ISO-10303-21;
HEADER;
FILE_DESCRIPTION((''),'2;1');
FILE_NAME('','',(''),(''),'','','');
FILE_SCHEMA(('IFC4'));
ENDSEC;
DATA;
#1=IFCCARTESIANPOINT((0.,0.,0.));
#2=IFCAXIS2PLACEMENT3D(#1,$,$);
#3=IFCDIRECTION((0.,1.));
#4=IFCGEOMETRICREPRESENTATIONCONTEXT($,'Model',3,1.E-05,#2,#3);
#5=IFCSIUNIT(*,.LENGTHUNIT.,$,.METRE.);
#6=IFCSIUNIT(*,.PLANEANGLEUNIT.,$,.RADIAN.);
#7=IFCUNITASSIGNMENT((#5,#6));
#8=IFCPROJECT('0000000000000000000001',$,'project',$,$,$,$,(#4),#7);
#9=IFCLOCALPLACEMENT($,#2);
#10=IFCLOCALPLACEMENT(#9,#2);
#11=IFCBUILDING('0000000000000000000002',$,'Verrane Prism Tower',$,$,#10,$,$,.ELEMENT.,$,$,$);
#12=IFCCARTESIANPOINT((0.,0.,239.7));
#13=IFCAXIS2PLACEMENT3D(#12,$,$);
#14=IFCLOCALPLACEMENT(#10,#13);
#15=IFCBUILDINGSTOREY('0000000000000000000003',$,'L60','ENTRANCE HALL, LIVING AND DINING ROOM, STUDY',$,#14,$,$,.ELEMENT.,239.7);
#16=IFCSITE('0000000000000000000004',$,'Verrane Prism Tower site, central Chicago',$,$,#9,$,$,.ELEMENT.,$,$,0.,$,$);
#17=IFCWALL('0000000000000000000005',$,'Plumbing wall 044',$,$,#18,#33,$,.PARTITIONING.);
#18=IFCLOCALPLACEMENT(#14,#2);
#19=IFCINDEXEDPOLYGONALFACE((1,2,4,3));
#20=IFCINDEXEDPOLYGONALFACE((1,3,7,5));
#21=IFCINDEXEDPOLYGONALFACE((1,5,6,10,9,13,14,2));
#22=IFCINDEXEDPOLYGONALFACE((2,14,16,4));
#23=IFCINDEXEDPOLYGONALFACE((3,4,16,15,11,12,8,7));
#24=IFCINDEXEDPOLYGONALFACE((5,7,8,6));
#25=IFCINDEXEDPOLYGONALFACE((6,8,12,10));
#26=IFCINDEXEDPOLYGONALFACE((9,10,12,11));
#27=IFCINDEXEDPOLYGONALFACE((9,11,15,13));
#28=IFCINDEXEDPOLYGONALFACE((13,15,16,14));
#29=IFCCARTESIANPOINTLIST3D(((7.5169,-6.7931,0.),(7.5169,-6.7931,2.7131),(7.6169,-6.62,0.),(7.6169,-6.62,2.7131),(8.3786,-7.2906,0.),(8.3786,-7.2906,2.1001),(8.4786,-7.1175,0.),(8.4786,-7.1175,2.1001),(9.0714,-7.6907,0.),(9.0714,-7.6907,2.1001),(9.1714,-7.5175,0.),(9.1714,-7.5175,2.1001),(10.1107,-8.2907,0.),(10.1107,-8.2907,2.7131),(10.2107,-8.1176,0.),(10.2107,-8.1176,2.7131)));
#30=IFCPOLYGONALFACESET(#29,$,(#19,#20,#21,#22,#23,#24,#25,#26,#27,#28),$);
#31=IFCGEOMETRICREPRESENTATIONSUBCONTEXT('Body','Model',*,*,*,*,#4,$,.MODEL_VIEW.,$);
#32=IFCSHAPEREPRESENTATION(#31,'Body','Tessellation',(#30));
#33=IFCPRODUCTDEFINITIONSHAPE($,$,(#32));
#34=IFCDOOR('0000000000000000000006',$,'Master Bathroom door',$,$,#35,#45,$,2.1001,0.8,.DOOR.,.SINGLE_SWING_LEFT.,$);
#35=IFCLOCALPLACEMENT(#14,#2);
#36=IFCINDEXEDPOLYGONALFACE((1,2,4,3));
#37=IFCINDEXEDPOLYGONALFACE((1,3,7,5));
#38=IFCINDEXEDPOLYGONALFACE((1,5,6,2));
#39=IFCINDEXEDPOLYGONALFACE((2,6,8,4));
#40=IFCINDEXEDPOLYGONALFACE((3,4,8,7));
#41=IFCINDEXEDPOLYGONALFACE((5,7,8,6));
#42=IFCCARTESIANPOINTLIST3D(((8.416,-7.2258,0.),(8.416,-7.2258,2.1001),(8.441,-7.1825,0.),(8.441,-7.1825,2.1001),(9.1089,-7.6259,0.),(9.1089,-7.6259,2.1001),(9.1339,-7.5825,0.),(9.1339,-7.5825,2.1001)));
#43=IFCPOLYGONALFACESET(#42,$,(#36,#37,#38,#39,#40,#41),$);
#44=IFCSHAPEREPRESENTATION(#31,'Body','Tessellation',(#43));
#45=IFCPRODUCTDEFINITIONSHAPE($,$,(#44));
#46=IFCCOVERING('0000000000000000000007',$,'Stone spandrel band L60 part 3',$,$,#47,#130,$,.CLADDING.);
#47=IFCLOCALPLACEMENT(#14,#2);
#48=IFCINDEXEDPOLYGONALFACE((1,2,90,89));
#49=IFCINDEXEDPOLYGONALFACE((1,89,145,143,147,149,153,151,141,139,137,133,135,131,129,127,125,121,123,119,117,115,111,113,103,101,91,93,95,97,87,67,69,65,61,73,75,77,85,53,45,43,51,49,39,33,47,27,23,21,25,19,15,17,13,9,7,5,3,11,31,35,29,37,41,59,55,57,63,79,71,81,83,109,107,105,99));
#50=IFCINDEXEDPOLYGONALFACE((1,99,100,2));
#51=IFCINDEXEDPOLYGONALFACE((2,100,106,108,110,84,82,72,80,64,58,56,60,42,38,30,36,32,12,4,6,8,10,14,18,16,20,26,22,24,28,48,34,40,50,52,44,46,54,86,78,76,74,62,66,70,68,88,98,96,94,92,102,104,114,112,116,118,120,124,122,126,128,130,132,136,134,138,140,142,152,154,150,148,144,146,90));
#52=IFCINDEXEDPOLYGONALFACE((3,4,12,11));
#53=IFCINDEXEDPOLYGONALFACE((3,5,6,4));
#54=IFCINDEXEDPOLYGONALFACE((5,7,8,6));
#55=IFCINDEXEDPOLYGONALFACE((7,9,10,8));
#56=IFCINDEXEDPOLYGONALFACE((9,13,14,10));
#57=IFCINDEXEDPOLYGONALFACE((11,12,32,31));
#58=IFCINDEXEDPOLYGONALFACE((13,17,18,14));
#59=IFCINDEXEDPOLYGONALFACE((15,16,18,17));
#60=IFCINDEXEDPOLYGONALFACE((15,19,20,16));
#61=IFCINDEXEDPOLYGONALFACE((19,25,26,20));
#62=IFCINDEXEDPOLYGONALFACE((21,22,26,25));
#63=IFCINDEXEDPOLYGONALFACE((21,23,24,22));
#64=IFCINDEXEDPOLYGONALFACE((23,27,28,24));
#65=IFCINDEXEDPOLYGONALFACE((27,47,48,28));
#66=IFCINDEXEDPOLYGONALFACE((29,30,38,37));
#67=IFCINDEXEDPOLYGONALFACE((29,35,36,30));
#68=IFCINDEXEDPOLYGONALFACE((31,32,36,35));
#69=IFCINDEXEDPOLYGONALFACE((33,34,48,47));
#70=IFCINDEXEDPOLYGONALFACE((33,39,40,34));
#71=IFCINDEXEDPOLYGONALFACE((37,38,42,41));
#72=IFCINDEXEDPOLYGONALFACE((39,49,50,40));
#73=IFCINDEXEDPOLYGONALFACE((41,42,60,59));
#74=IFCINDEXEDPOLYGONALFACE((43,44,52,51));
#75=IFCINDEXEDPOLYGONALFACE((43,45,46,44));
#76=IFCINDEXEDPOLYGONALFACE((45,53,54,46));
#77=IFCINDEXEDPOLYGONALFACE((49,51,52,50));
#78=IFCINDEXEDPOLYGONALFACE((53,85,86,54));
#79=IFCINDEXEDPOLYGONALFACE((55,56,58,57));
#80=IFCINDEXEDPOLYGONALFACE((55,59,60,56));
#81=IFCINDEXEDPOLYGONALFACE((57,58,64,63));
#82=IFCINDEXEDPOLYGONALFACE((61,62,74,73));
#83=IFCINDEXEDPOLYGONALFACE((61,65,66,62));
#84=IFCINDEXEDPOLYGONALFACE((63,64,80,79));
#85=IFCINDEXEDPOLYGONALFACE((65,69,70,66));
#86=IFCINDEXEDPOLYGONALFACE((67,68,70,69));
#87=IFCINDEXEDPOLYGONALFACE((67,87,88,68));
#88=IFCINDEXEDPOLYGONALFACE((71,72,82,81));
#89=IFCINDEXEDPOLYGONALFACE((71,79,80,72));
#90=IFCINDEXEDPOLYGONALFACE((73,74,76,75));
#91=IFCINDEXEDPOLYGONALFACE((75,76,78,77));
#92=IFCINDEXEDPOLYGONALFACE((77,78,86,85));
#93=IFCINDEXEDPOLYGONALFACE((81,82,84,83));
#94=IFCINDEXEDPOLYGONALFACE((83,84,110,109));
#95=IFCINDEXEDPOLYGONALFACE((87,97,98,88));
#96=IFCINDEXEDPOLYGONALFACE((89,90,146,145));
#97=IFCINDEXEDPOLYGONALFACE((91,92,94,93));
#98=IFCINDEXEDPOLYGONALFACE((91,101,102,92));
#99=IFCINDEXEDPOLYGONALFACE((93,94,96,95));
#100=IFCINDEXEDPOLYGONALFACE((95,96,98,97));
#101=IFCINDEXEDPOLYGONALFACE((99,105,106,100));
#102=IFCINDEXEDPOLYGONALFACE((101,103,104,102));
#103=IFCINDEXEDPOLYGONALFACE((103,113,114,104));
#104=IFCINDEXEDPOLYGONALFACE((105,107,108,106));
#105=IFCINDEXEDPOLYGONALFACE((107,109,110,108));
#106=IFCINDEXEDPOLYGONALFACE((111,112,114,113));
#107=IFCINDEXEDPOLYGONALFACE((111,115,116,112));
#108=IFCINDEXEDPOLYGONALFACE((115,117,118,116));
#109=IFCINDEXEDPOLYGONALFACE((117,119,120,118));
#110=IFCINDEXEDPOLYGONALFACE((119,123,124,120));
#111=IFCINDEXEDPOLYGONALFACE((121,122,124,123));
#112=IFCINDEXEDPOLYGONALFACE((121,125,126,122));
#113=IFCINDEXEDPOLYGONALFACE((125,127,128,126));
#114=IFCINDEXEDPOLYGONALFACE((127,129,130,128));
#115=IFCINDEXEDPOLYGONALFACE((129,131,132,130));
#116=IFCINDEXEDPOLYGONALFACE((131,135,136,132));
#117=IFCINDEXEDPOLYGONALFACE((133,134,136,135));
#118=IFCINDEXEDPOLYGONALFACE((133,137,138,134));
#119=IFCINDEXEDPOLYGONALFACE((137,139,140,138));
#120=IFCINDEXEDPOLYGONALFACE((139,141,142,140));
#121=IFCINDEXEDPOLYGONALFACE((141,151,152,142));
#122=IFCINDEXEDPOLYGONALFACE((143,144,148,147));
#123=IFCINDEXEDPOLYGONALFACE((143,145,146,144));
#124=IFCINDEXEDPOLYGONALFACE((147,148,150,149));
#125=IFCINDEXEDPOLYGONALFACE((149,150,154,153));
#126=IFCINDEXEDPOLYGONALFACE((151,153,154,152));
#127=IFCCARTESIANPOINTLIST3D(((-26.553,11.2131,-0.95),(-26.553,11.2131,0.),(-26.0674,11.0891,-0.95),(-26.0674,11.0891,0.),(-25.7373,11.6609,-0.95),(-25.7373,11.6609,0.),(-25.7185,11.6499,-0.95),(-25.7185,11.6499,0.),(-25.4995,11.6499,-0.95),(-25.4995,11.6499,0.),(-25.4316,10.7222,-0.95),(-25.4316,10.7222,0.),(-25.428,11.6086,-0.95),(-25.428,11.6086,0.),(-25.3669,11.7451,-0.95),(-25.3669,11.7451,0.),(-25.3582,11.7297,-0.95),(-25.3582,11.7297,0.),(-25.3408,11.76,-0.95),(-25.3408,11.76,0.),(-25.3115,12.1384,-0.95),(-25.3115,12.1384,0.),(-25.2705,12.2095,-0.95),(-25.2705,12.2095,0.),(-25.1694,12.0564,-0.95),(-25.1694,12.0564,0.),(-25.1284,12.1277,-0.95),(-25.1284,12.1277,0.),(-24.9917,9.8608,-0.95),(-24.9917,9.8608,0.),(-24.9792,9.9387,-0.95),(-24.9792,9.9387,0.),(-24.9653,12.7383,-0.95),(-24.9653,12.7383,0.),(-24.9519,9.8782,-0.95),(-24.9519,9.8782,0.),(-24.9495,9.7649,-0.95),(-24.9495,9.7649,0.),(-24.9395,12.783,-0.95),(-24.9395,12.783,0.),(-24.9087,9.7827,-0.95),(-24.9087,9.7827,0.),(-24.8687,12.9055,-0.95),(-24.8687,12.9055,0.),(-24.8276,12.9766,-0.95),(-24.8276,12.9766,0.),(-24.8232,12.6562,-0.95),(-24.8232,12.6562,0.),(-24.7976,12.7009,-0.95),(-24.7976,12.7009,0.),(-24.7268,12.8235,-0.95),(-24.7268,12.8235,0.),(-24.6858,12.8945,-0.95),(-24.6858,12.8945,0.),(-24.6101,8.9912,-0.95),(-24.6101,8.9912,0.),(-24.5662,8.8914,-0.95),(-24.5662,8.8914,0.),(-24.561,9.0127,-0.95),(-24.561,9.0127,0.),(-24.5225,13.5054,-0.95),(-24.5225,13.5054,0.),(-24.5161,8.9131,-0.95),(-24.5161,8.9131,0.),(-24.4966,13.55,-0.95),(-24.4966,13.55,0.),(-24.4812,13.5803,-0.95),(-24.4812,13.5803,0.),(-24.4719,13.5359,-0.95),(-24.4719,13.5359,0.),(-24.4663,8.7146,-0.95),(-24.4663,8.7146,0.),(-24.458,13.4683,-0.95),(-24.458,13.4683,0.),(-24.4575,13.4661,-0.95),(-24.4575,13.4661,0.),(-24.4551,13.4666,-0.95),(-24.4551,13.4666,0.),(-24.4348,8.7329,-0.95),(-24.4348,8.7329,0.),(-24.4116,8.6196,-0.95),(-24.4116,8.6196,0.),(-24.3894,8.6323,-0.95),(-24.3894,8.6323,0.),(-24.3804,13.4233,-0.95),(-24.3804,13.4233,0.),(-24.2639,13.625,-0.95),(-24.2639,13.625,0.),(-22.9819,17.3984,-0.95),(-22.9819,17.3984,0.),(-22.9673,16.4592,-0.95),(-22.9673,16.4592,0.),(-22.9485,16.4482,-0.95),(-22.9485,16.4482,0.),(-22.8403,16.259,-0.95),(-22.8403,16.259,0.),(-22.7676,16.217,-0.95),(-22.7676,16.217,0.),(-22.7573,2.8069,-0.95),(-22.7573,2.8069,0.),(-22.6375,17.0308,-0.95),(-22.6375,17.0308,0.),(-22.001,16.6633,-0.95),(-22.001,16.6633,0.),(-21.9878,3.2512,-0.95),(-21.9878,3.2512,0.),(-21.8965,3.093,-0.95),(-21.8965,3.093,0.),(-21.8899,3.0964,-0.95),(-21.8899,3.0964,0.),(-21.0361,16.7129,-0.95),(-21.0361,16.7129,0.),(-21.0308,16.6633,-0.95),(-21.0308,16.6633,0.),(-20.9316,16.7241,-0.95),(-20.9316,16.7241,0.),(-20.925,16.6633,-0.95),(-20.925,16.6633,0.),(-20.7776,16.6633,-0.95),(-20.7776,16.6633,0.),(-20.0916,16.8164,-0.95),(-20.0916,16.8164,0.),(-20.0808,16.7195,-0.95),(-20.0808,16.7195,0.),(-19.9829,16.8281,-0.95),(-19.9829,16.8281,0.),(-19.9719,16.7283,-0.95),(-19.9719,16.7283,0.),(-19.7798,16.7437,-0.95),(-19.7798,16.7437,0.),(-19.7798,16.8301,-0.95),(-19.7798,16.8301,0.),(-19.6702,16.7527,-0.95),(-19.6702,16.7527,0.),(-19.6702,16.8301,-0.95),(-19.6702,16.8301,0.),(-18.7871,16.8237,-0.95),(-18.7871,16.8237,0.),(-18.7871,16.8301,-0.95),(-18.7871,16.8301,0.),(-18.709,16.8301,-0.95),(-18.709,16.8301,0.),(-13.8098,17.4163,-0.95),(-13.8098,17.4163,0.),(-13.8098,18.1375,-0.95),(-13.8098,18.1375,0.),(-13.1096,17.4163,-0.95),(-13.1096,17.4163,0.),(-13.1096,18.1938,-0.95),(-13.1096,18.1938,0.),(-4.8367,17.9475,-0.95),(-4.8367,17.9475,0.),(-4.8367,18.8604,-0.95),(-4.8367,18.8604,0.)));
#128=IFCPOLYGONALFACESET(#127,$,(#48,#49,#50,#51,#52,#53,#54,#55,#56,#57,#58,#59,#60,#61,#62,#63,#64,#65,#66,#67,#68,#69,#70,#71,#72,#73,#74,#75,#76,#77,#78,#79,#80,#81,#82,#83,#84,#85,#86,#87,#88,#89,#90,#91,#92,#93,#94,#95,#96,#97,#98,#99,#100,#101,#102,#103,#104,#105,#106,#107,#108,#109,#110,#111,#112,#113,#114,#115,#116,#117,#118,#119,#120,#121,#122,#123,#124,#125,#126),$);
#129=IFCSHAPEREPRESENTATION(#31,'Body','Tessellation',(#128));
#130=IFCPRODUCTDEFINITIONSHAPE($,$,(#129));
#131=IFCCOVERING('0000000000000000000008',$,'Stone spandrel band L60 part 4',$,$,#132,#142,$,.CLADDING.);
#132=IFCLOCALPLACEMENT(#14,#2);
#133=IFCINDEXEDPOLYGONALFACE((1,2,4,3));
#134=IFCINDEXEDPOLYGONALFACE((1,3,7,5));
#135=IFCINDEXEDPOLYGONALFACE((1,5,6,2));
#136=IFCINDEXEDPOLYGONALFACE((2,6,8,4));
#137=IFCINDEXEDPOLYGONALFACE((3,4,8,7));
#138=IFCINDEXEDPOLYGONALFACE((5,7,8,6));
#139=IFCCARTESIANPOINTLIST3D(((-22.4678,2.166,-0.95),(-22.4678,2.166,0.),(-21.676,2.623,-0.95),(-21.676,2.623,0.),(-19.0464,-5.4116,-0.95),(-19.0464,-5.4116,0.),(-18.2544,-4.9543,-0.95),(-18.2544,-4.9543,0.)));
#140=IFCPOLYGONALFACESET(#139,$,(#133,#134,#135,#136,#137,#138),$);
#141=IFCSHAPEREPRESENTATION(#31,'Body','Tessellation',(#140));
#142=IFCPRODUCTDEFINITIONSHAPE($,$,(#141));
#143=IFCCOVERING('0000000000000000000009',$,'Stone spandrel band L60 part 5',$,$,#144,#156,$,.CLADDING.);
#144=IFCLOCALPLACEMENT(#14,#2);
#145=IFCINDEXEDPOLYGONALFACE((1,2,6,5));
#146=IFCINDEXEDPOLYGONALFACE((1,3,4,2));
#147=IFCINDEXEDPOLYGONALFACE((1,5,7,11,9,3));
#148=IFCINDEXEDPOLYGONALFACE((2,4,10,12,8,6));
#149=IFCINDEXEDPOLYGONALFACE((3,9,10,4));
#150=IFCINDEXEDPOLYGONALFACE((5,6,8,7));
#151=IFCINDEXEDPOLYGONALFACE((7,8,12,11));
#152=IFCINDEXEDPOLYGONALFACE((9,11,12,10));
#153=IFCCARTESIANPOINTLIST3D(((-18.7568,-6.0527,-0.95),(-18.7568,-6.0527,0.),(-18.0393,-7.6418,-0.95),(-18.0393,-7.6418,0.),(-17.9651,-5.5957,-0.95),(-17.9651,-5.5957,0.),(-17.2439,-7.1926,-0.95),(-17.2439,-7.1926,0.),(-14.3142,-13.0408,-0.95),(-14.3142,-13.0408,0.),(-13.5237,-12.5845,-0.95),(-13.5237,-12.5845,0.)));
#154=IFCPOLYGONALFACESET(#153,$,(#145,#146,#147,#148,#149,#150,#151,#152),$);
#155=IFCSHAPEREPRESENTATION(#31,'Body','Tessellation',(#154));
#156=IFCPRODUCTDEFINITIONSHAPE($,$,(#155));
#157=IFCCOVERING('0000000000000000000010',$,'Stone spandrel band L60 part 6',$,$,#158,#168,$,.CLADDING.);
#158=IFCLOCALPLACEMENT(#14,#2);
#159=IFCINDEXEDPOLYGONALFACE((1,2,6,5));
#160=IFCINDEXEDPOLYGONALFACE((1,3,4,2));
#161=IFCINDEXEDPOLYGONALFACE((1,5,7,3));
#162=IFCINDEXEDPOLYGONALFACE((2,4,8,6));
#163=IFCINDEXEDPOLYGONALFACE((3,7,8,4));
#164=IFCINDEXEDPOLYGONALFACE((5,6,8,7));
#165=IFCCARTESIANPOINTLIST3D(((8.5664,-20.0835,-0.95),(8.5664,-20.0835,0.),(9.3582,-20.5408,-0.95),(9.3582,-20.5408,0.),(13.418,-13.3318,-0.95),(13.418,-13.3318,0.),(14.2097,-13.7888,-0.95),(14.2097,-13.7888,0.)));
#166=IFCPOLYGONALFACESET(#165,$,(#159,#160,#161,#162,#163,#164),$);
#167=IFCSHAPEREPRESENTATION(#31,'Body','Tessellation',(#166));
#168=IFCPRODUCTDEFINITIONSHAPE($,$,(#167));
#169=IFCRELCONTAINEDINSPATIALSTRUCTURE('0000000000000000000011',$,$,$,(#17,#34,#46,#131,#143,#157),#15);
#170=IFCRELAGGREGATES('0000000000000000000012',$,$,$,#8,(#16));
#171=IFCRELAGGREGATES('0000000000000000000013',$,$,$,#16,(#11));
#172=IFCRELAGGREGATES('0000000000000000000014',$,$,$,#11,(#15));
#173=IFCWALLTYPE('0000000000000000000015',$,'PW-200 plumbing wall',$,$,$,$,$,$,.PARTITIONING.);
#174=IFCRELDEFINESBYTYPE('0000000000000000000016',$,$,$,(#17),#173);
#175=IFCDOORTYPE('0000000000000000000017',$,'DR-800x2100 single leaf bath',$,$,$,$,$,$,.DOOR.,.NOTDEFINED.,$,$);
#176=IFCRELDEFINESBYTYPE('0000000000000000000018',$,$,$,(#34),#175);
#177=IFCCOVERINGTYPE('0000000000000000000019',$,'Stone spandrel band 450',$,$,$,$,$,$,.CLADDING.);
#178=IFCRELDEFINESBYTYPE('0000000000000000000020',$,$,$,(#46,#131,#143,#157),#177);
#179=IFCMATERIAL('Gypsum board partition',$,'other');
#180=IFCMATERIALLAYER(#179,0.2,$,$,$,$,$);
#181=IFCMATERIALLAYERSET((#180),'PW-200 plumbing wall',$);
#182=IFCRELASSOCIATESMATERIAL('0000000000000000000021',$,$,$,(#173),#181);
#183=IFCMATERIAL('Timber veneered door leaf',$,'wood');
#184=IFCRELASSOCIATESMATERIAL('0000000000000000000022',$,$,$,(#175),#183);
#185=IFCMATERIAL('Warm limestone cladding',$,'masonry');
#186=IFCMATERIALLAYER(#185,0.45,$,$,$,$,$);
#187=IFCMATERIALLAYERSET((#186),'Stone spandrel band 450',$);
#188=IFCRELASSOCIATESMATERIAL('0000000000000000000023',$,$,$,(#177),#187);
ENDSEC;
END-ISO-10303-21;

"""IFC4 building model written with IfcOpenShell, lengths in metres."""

from ifc_helpers import new_model, si_unit, direction, frame, frame_2d, origin, place, context, subcontext, project, spatial, polyline, rectangle, outline, extrude, material, layer, layer_set, type_object, element, fill, save


model = new_model("IFC4")

# Units and contexts
model_context = context("Model", 3, precision=1e-05, world=origin(), true_north=direction((0.0, 1.0)))
body_context = subcontext(model_context, "Body", "Model", "MODEL_VIEW")
ifc_project = project(units=[si_unit("LENGTHUNIT", "METRE"), si_unit("PLANEANGLEUNIT", "RADIAN")], contexts=[model_context])

# Site, building, storey
site_placement = place(None, origin())
site = spatial("IfcSite", under=ifc_project, at=site_placement, Name="Verrane Prism Tower site, central Chicago", CompositionType="ELEMENT", RefElevation=0.0)
building_placement = place(site_placement, origin())
building = spatial("IfcBuilding", under=site, at=building_placement, Name="Verrane Prism Tower", CompositionType="ELEMENT")
storey_placement = place(building_placement, frame((0.0, 0.0, 239.7)))
storey = spatial("IfcBuildingStorey", under=building, at=storey_placement, Name="L60", Description="ENTRANCE HALL, LIVING AND DINING ROOM, STUDY", CompositionType="ELEMENT", Elevation=239.7)

# Wall, opening, door
ifc_material_1 = material(Name="Gypsum board partition", Category="other")
ifc_layer_1 = layer(ifc_material_1, 0.2)
ifc_layer_set_1 = layer_set([ifc_layer_1], Name="PW-200 plumbing wall")
wall_type_1 = type_object("IfcWallType", Name="PW-200 plumbing wall", PredefinedType="PARTITIONING", material=ifc_layer_set_1)
wall_1_placement = place(storey_placement, frame((7.5669, -6.7065, 0.0), z_axis=(0.0, 0.0, 1.0), x_axis=(0.866017, -0.500014, 0.0)))
wall_1 = element("IfcWall", 1, at=wall_1_placement, inside=storey, type_object=wall_type_1, Name="Plumbing wall 044", PredefinedType="PARTITIONING", context=body_context, shape_type="SweptSolid", body=[
    extrude(rectangle(XDim=2.9951, YDim=0.2, at=frame_2d((1.4976, 0.0))), origin(), (0.0, 0.0, 1.0), 2.7131),
])
opening_1_placement = place(wall_1_placement, frame((0.9951, 0.0, 0.0)))
opening_1 = element("IfcOpeningElement", 2, at=opening_1_placement, cuts=wall_1, PredefinedType="OPENING", context=body_context, shape_type="SweptSolid", body=[
    extrude(rectangle(XDim=0.8, YDim=2.1001, at=frame_2d((0.3999, 1.05))), frame((0.0, 0.1099, 0.0), z_axis=(0.0, -1.0, 0.0), x_axis=(1.0, 0.0, 0.0)), (0.0, 0.0, 1.0), 0.22),
])
ifc_material_2 = material(Name="Timber veneered door leaf", Category="wood")
door_type_1 = type_object("IfcDoorType", Name="DR-800x2100 single leaf bath", OperationType="NOTDEFINED", PredefinedType="DOOR", material=ifc_material_2)
door_1_placement = place(opening_1_placement, origin())
door_1 = element("IfcDoor", 3, at=door_1_placement, inside=storey, type_object=door_type_1, Name="Master Bathroom door", OperationType="SINGLE_SWING_LEFT", OverallHeight=2.1001, OverallWidth=0.8, PredefinedType="DOOR", context=body_context, shape_type="SweptSolid", body=[
    extrude(rectangle(XDim=0.8, YDim=2.1001, at=frame_2d((0.3999, 1.05))), frame((0.0, 0.0249, 0.0), z_axis=(0.0, -1.0, 0.0), x_axis=(1.0, 0.0, 0.0)), (0.0, 0.0, 1.0), 0.05),
])
fill(opening_1, door_1)

# Coverings
ifc_material_3 = material(Name="Warm limestone cladding", Category="masonry")
ifc_layer_2 = layer(ifc_material_3, 0.45)
ifc_layer_set_2 = layer_set([ifc_layer_2], Name="Stone spandrel band 450")
covering_type = type_object("IfcCoveringType", Name="Stone spandrel band 450", PredefinedType="CLADDING", material=ifc_layer_set_2)
covering_1_placement = place(storey_placement, frame((0.0, 0.0, -0.95)))
element("IfcCovering", 4, at=covering_1_placement, inside=storey, type_object=covering_type, Name="Stone spandrel band L60 part 3", PredefinedType="CLADDING", context=body_context, shape_type="SweptSolid", body=[
    extrude(outline(polyline([(-21.9878, 3.2512), (-21.8965, 3.093), (-21.8899, 3.0964), (-24.3894, 8.6323), (-24.4116, 8.6196), (-24.4663, 8.7146), (-24.4348, 8.7329), (-24.5161, 8.9131), (-24.5662, 8.8914), (-24.6101, 8.9912), (-24.561, 9.0127), (-24.9087, 9.7827), (-24.9495, 9.7649), (-24.9917, 9.8608), (-24.9519, 9.8782), (-24.9792, 9.9387), (-25.4316, 10.7222), (-26.0674, 11.0891), (-25.7373, 11.6609), (-25.7185, 11.6499), (-25.4995, 11.6499), (-25.428, 11.6086), (-25.3582, 11.7297), (-25.3669, 11.7451), (-25.3408, 11.76), (-25.1694, 12.0564), (-25.3115, 12.1384), (-25.2705, 12.2095), (-25.1284, 12.1277), (-24.8232, 12.6562), (-24.9653, 12.7383), (-24.9395, 12.783), (-24.7976, 12.7009), (-24.7268, 12.8235), (-24.8687, 12.9055), (-24.8276, 12.9766), (-24.6858, 12.8945), (-24.3804, 13.4233), (-24.4551, 13.4666), (-24.4575, 13.4661), (-24.458, 13.4683), (-24.5225, 13.5054), (-24.4966, 13.55), (-24.4719, 13.5359), (-24.4812, 13.5803), (-24.2639, 13.625), (-22.7676, 16.217), (-22.8403, 16.259), (-22.9485, 16.4482), (-22.9673, 16.4592), (-22.6375, 17.0308), (-22.001, 16.6633), (-21.0308, 16.6633), (-21.0361, 16.7129), (-20.9316, 16.7241), (-20.925, 16.6633), (-20.7776, 16.6633), (-20.0808, 16.7195), (-20.0916, 16.8164), (-19.9829, 16.8281), (-19.9719, 16.7283), (-19.7798, 16.7437), (-19.7798, 16.8301), (-19.6702, 16.8301), (-19.6702, 16.7527), (-18.7871, 16.8237), (-18.7871, 16.8301), (-18.709, 16.8301), (-4.8367, 17.9475), (-4.8367, 18.8604), (-13.1096, 18.1938), (-13.1096, 17.4163), (-13.8098, 17.4163), (-13.8098, 18.1375), (-22.9819, 17.3984), (-26.553, 11.2131), (-22.7573, 2.8069), (-21.9878, 3.2512)])), origin(), (0.0, 0.0, 1.0), 0.95),
])
covering_2_placement = place(storey_placement, frame((0.0, 0.0, -0.95)))
element("IfcCovering", 5, at=covering_2_placement, inside=storey, type_object=covering_type, Name="Stone spandrel band L60 part 4", PredefinedType="CLADDING", context=body_context, shape_type="SweptSolid", body=[
    extrude(outline(polyline([(-18.2544, -4.9543), (-21.676, 2.623), (-22.4678, 2.166), (-19.0464, -5.4116), (-18.2544, -4.9543)])), origin(), (0.0, 0.0, 1.0), 0.95),
])
covering_3_placement = place(storey_placement, frame((0.0, 0.0, -0.95)))
element("IfcCovering", 6, at=covering_3_placement, inside=storey, type_object=covering_type, Name="Stone spandrel band L60 part 5", PredefinedType="CLADDING", context=body_context, shape_type="SweptSolid", body=[
    extrude(outline(polyline([(-13.5237, -12.5845), (-17.2439, -7.1926), (-17.9651, -5.5957), (-18.7568, -6.0527), (-18.0393, -7.6418), (-14.3142, -13.0408), (-13.5237, -12.5845)])), origin(), (0.0, 0.0, 1.0), 0.95),
])
covering_4_placement = place(storey_placement, frame((0.0, 0.0, -0.95)))
element("IfcCovering", 7, at=covering_4_placement, inside=storey, type_object=covering_type, Name="Stone spandrel band L60 part 6", PredefinedType="CLADDING", context=body_context, shape_type="SweptSolid", body=[
    extrude(outline(polyline([(14.2097, -13.7888), (13.418, -13.3318), (8.5664, -20.0835), (9.3582, -20.5408), (14.2097, -13.7888)])), origin(), (0.0, 0.0, 1.0), 0.95),
])

save(model, "model.ifc")
